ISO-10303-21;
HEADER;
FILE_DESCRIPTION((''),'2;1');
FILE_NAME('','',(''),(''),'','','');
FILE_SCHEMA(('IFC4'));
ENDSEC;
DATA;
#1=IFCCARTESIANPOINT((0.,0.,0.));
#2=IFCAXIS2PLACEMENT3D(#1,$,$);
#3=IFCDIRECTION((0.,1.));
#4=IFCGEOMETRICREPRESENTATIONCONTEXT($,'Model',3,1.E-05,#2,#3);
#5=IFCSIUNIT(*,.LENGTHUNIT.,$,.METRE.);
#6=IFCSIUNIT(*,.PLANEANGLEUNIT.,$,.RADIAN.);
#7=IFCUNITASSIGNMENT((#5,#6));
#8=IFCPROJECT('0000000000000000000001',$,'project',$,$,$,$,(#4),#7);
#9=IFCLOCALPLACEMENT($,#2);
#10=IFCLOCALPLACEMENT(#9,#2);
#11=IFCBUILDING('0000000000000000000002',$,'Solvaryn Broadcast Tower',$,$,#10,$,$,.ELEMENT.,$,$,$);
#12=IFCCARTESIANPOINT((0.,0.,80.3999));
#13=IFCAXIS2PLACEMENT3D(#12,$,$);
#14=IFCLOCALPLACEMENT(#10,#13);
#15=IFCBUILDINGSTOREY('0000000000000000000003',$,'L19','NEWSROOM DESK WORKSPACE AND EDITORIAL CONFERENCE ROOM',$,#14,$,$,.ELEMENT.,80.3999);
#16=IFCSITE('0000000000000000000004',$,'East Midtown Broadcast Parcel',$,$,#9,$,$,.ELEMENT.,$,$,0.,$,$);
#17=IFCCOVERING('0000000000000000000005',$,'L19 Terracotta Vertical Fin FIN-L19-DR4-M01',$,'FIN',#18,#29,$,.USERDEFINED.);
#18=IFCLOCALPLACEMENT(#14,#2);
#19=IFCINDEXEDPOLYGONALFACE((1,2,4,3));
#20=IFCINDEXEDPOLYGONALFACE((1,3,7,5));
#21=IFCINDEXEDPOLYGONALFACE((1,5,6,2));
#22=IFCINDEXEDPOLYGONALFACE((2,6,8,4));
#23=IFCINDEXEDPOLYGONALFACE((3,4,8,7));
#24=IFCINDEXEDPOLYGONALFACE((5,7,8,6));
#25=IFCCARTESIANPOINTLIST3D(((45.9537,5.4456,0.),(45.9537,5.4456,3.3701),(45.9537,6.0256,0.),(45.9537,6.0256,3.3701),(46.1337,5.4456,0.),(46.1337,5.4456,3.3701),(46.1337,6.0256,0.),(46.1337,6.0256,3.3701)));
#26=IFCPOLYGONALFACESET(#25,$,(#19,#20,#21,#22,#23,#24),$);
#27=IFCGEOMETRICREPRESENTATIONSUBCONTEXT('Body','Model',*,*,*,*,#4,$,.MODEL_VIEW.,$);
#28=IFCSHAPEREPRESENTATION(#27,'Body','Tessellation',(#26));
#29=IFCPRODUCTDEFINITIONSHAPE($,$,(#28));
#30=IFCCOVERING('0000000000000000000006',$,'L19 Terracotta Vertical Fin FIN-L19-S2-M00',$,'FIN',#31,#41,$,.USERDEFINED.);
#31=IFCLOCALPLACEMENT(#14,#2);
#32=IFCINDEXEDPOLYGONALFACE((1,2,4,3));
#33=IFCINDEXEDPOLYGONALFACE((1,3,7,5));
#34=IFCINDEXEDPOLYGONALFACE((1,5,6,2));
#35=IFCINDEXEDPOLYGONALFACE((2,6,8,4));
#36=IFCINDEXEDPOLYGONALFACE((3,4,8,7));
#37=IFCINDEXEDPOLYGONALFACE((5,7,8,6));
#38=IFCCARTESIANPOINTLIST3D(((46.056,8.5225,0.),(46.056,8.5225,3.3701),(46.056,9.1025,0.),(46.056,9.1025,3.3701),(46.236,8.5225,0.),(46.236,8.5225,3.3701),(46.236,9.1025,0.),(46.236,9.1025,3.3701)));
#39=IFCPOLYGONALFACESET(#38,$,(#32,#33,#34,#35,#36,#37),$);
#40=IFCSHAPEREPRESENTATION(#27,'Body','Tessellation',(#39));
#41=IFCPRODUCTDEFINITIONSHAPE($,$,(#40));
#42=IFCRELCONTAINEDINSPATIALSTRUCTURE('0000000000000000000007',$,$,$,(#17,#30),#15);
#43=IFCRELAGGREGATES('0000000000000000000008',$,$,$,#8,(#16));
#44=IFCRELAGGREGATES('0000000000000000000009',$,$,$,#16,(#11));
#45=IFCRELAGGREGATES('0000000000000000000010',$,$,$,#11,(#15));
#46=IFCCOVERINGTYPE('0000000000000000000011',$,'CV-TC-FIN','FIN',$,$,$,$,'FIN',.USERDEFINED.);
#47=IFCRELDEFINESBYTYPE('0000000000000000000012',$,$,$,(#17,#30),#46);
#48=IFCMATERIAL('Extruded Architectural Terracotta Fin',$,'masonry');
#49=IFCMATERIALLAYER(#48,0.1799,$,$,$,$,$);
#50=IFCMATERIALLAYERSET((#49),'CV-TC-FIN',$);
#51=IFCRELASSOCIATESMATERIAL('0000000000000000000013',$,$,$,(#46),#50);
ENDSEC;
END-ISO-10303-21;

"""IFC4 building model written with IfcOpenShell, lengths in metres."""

from ifc_helpers import new_model, si_unit, direction, frame, origin, origin_2d, place, context, subcontext, project, spatial, rectangle, extrude, material, layer, layer_set, type_object, element, save


model = new_model("IFC4")

# Units and contexts
model_context = context("Model", 3, precision=1e-05, world=origin(), true_north=direction((0.0, 1.0)))
body_context = subcontext(model_context, "Body", "Model", "MODEL_VIEW")
ifc_project = project(units=[si_unit("LENGTHUNIT", "METRE"), si_unit("PLANEANGLEUNIT", "RADIAN")], contexts=[model_context])

# Site, building, storey
site_placement = place(None, origin())
site = spatial("IfcSite", under=ifc_project, at=site_placement, Name="East Midtown Broadcast Parcel", CompositionType="ELEMENT", RefElevation=0.0)
building_placement = place(site_placement, origin())
building = spatial("IfcBuilding", under=site, at=building_placement, Name="Solvaryn Broadcast Tower", CompositionType="ELEMENT")
storey_placement = place(building_placement, frame((0.0, 0.0, 80.3999)))
storey = spatial("IfcBuildingStorey", under=building, at=storey_placement, Name="L19", Description="NEWSROOM DESK WORKSPACE AND EDITORIAL CONFERENCE ROOM", CompositionType="ELEMENT", Elevation=80.3999)

# Coverings
ifc_material_1 = material(Name="Extruded Architectural Terracotta Fin", Category="masonry")
ifc_layer_1 = layer(ifc_material_1, 0.1799)
ifc_layer_set_1 = layer_set([ifc_layer_1], Name="CV-TC-FIN")
covering_type_1 = type_object("IfcCoveringType", Name="CV-TC-FIN", Description="FIN", ElementType="FIN", PredefinedType="USERDEFINED", material=ifc_layer_set_1)
for number, where, z_axis, x_axis, name in (
    (1, (46.0437, 5.7356, 0.0), (0.0, 0.0, 1.0), (1.0, 0.0, 0.0), "L19 Terracotta Vertical Fin FIN-L19-DR4-M01"),
    (2, (46.146, 8.8125, 0.0), (0.0, 0.0, 1.0), (1.0, 0.0, 0.0), "L19 Terracotta Vertical Fin FIN-L19-S2-M00"),
):
    element("IfcCovering", number, at=place(storey_placement, frame(where, z_axis=z_axis, x_axis=x_axis)), inside=storey, type_object=covering_type_1, Name=name, ObjectType="FIN", PredefinedType="USERDEFINED", context=body_context, shape_type="SweptSolid", body=[
        extrude(rectangle(XDim=0.1799, YDim=0.5801, at=origin_2d()), origin(), (0.0, 0.0, 1.0), 3.3701),
    ])

save(model, "model.ifc")
